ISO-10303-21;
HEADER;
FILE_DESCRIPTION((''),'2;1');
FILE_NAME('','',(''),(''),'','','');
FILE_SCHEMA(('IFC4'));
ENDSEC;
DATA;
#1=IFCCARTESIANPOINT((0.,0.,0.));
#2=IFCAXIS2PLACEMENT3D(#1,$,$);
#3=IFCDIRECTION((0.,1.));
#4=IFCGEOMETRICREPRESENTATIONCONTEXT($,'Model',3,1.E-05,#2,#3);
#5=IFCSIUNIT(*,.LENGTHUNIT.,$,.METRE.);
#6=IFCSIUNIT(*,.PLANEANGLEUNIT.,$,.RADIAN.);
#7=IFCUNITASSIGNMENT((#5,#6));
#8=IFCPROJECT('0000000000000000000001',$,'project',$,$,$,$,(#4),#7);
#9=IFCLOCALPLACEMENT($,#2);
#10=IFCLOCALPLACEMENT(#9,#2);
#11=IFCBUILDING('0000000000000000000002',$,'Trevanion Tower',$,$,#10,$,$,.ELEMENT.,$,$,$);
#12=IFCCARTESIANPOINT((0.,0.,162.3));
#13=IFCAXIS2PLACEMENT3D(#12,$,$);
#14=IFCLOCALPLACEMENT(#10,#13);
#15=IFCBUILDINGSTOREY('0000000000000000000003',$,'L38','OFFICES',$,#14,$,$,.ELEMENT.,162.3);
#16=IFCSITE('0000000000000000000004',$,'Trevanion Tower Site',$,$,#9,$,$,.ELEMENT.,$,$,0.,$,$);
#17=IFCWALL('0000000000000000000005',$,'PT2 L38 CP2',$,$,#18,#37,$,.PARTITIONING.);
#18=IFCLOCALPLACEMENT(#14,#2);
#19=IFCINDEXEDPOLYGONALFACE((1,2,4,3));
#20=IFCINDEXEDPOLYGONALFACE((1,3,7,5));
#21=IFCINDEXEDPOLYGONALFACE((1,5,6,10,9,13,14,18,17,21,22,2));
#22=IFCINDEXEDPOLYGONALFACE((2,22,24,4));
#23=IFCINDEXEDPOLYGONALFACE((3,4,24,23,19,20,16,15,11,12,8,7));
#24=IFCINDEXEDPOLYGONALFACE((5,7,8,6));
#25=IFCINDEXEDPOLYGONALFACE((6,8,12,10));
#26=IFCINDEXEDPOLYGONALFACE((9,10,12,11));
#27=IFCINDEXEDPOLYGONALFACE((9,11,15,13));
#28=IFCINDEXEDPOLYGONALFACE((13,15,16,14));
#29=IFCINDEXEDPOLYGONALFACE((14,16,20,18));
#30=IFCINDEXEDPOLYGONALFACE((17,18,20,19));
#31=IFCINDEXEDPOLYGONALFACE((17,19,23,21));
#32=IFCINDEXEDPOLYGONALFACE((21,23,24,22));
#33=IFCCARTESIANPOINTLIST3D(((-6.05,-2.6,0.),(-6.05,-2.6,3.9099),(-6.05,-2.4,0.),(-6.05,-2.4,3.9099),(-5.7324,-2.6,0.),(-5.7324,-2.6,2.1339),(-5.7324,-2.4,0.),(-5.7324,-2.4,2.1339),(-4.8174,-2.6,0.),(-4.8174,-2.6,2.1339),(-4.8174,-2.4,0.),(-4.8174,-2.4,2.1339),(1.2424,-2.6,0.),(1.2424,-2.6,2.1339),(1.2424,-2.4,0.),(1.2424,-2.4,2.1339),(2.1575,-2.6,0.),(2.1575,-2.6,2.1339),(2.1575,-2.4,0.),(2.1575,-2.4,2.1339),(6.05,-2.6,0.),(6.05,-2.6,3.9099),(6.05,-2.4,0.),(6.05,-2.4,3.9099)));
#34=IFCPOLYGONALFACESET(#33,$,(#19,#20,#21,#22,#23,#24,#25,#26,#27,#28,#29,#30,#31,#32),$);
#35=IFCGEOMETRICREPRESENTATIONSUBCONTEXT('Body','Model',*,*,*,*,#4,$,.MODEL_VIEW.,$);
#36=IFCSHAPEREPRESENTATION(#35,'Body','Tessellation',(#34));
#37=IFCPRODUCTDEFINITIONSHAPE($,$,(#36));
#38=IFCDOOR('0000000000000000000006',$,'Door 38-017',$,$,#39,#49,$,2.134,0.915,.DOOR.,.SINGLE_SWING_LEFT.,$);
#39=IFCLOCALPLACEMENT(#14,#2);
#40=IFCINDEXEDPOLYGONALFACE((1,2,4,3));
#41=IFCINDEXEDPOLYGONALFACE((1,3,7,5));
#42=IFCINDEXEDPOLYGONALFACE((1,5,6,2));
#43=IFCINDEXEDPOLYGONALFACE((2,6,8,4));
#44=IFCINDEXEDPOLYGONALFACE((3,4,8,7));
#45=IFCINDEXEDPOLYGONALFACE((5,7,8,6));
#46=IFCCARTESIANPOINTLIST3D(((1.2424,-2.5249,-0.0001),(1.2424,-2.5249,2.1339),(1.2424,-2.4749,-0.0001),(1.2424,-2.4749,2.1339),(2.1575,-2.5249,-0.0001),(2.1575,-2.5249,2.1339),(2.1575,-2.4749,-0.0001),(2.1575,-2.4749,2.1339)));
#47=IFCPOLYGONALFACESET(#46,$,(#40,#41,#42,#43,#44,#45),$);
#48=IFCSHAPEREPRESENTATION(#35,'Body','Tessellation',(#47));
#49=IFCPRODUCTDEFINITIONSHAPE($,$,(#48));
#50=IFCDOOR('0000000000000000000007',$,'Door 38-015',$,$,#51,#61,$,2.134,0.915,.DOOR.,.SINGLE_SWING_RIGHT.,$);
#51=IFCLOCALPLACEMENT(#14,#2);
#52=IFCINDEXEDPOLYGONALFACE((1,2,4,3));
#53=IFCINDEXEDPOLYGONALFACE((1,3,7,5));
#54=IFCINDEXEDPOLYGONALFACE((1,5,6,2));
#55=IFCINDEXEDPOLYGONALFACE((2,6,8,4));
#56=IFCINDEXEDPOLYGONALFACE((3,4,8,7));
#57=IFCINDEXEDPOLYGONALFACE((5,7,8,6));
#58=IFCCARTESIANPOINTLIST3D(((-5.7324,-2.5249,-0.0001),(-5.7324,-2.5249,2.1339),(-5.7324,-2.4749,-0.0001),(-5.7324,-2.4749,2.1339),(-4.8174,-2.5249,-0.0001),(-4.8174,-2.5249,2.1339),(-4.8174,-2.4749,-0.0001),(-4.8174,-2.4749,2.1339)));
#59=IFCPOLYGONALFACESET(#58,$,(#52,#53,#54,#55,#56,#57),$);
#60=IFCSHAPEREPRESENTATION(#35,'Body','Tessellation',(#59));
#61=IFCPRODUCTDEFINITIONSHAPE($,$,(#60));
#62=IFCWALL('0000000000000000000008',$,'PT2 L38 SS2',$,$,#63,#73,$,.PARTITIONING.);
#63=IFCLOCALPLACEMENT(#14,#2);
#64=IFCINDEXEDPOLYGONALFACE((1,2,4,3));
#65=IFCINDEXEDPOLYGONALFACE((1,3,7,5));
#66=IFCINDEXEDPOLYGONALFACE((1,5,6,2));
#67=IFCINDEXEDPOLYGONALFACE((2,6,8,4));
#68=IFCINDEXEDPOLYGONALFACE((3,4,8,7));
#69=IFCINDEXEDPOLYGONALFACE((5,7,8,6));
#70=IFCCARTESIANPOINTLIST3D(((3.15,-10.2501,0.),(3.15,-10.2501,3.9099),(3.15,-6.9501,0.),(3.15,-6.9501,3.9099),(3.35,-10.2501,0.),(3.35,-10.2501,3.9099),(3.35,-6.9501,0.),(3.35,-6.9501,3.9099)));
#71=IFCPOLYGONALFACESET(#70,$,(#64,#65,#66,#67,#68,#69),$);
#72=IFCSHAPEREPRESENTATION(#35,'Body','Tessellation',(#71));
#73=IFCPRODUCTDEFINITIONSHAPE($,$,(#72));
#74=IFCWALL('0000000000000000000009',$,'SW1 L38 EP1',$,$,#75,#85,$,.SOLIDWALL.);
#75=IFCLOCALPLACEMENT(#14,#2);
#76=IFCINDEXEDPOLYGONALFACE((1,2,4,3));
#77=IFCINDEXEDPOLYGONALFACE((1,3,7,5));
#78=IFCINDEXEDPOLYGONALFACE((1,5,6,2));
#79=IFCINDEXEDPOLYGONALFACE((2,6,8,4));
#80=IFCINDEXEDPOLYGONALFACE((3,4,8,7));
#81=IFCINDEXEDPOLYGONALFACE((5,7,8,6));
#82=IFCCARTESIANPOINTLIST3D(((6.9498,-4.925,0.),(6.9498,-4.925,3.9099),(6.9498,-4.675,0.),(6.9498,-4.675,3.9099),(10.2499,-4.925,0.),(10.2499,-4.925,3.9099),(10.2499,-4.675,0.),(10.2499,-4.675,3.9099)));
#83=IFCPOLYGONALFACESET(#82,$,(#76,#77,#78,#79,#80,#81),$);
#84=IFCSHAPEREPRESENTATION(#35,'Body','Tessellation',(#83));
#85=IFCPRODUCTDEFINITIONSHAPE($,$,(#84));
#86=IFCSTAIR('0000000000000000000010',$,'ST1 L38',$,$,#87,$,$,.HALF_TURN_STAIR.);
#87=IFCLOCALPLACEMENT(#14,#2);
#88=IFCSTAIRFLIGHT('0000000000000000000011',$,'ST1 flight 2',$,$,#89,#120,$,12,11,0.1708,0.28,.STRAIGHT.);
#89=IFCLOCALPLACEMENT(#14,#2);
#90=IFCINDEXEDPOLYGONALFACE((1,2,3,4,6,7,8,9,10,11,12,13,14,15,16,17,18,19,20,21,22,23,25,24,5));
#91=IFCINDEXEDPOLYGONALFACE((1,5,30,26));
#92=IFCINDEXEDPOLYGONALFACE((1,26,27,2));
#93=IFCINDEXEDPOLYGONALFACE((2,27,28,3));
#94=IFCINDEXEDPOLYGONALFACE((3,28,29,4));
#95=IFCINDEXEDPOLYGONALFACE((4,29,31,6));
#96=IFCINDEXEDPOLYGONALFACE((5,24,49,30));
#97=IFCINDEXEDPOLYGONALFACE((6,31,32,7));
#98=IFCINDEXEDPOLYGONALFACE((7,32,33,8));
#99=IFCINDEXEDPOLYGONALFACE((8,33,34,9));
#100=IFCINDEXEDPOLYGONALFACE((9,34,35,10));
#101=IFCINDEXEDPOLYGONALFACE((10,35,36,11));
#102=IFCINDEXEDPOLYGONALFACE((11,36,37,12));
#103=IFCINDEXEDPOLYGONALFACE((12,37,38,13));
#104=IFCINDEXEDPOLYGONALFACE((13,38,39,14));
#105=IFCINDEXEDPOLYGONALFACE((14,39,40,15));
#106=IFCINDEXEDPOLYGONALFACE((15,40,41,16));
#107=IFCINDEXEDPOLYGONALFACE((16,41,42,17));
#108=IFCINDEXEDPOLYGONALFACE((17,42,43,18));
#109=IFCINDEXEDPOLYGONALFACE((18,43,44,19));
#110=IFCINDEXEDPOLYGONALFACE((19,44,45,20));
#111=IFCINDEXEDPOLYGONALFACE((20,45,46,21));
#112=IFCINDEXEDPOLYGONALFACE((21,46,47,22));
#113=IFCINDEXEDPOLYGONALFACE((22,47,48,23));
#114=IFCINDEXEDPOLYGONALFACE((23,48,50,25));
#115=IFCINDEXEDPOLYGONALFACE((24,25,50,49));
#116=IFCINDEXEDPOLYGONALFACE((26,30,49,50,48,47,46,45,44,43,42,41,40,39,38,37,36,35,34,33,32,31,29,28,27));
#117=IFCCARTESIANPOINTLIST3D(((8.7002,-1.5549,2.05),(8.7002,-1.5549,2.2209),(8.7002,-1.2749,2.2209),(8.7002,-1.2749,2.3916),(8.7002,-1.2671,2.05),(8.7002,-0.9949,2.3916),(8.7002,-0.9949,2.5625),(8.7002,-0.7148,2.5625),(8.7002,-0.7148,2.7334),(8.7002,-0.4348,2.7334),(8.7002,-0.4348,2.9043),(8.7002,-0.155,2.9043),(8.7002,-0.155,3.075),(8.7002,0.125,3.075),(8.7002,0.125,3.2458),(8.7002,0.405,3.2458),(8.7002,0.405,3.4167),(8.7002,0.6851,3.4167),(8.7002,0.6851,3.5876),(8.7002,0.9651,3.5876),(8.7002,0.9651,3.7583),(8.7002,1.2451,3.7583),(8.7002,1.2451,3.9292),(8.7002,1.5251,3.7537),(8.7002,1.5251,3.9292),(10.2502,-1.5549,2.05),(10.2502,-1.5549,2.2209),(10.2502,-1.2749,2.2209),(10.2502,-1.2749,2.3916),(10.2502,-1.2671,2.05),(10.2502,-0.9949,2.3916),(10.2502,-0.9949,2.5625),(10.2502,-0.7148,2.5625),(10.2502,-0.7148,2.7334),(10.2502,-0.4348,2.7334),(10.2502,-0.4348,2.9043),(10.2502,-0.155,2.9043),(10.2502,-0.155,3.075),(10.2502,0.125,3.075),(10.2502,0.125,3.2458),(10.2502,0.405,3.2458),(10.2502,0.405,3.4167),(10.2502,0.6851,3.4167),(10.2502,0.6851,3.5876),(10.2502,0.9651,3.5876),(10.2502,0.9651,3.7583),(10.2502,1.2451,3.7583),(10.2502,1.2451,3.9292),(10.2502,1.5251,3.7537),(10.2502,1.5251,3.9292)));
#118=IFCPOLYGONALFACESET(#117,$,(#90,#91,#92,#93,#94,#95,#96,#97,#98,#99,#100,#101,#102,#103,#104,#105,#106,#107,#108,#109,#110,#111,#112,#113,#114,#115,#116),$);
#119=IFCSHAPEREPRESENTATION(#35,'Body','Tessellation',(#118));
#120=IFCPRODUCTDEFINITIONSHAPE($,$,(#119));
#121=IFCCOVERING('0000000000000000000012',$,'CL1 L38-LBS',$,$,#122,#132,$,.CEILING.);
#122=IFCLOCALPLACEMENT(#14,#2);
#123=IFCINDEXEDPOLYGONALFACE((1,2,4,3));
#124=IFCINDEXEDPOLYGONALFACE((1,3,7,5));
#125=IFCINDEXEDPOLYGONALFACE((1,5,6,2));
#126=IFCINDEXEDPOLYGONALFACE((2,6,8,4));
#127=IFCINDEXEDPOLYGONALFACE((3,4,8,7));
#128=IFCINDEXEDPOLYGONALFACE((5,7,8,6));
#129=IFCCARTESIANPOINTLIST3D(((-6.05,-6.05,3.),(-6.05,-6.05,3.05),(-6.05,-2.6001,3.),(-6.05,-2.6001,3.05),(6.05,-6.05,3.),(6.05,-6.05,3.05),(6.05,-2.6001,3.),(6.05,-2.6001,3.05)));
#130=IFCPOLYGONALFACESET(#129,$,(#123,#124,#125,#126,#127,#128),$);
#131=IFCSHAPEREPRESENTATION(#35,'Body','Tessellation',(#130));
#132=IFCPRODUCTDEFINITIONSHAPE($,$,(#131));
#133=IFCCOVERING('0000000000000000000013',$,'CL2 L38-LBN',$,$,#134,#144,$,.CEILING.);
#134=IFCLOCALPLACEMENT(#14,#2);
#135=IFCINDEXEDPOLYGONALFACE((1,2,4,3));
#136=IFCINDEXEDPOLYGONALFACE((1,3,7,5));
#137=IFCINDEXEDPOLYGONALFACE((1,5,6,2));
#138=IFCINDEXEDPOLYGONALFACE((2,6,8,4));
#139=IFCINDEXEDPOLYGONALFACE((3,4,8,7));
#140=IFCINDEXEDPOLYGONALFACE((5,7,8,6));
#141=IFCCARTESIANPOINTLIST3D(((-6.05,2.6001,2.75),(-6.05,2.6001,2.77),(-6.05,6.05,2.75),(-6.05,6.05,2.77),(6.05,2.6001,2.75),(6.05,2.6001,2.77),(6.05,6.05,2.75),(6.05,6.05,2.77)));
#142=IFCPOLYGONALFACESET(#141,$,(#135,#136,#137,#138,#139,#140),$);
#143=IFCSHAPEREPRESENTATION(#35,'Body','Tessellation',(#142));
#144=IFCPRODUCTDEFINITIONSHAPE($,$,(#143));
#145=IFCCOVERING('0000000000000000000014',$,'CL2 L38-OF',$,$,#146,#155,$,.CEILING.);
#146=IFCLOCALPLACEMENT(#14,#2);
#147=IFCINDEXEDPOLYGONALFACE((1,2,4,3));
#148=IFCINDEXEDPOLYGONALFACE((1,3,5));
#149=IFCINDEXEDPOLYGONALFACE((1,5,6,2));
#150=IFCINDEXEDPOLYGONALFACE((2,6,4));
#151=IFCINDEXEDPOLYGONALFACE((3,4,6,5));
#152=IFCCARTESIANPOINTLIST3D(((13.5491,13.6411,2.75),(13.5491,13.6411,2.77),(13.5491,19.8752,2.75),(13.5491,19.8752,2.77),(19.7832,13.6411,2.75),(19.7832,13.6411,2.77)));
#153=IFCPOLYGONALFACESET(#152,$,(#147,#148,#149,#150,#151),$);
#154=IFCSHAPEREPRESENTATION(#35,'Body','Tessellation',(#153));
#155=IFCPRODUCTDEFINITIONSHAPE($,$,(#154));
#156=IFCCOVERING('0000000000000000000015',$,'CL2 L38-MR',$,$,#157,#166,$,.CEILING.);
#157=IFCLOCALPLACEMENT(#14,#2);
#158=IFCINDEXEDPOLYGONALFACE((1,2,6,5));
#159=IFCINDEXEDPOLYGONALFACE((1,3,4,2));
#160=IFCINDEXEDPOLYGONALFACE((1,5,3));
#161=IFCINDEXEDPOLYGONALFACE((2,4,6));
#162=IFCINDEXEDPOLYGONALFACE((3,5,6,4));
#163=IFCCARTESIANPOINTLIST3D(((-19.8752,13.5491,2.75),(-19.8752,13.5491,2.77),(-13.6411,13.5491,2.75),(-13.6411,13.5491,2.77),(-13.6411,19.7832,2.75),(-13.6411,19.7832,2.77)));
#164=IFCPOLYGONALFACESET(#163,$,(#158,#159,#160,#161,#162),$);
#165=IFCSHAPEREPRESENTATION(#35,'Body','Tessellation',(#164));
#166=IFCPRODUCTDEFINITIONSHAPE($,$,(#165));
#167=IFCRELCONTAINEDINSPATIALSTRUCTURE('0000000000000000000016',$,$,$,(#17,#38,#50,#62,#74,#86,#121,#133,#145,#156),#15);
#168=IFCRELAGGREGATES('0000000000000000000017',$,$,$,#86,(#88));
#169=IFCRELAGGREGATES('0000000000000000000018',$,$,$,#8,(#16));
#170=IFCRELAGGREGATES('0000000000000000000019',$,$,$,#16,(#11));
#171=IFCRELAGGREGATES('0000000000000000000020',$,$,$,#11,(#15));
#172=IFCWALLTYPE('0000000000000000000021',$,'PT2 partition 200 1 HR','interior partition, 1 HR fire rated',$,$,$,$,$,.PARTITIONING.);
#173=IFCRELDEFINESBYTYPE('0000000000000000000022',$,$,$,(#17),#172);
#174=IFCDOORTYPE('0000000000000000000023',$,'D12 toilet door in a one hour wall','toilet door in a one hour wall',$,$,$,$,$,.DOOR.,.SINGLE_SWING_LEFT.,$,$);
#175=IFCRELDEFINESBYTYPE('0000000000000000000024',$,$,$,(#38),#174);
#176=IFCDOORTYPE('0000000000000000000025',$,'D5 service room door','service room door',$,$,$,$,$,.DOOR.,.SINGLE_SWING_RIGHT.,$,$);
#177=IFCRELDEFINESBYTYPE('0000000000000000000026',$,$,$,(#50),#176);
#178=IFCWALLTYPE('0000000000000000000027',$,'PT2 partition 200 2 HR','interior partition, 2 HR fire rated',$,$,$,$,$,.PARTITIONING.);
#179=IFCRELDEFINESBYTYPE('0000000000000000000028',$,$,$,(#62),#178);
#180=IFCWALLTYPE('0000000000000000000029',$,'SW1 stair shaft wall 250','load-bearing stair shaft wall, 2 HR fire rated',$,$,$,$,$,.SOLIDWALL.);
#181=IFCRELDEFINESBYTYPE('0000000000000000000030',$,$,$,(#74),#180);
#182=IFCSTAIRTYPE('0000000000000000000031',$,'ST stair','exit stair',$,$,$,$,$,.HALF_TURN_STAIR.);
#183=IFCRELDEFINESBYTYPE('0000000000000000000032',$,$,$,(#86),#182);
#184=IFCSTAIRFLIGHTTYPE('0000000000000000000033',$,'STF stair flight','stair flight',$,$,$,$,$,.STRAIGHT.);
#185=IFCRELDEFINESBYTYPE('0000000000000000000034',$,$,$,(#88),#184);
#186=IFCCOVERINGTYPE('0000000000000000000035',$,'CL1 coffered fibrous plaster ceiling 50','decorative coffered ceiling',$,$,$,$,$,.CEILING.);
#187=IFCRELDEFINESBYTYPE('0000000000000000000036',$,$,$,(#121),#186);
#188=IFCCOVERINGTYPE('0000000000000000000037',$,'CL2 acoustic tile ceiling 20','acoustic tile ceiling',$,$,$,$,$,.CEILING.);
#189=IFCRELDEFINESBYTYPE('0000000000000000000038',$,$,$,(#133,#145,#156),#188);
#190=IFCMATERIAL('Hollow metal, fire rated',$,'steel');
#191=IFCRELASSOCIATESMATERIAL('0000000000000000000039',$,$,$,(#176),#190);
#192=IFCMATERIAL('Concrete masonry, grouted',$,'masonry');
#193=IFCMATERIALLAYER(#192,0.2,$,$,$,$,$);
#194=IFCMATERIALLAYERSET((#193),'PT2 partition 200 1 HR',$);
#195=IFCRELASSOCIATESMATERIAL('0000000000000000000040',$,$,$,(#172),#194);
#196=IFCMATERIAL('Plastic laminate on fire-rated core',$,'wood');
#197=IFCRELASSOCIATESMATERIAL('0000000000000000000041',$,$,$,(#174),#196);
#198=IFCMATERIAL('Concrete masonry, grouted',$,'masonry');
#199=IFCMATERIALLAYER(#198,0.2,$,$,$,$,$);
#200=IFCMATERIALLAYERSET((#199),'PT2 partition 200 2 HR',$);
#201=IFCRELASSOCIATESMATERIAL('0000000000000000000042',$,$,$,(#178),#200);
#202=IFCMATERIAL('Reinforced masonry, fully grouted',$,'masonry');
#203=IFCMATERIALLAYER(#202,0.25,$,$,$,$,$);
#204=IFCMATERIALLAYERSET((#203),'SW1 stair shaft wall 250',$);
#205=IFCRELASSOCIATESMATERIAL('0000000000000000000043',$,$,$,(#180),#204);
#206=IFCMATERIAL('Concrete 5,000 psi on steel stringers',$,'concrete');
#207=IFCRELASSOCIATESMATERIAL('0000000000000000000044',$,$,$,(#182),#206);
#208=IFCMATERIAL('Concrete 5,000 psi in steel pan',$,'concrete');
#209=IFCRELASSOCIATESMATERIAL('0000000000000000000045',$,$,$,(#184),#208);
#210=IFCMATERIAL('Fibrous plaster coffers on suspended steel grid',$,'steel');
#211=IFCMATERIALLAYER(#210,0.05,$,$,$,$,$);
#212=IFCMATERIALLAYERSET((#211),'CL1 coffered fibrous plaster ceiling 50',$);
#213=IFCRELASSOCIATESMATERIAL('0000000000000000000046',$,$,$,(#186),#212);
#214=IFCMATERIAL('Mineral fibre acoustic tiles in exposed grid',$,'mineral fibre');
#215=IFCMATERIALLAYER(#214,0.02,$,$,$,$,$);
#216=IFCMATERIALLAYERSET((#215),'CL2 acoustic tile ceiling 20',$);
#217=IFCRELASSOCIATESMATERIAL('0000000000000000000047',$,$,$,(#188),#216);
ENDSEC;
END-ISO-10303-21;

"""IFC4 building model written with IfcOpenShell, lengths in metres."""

from ifc_helpers import new_model, si_unit, direction, frame, frame_2d, origin, place, context, subcontext, project, spatial, polyline, rectangle, outline, extrude, material, layer, layer_set, type_object, element, fill, aggregate, save


model = new_model("IFC4")

# Units and contexts
model_context = context("Model", 3, precision=1e-05, world=origin(), true_north=direction((0.0, 1.0)))
body_context = subcontext(model_context, "Body", "Model", "MODEL_VIEW")
ifc_project = project(units=[si_unit("LENGTHUNIT", "METRE"), si_unit("PLANEANGLEUNIT", "RADIAN")], contexts=[model_context])

# Site, building, storey
site_placement = place(None, origin())
site = spatial("IfcSite", under=ifc_project, at=site_placement, Name="Trevanion Tower Site", CompositionType="ELEMENT", RefElevation=0.0)
building_placement = place(site_placement, origin())
building = spatial("IfcBuilding", under=site, at=building_placement, Name="Trevanion Tower", CompositionType="ELEMENT")
storey_placement = place(building_placement, frame((0.0, 0.0, 162.3)))
storey = spatial("IfcBuildingStorey", under=building, at=storey_placement, Name="L38", Description="OFFICES", CompositionType="ELEMENT", Elevation=162.3)

# Shared definitions
ifc_material_1 = material(Name="Hollow metal, fire rated", Category="steel")
door_type_1 = type_object("IfcDoorType", Name="D5 service room door", Description="service room door", OperationType="SINGLE_SWING_RIGHT", PredefinedType="DOOR", material=ifc_material_1)

# Wall, openings, doors
ifc_material_2 = material(Name="Concrete masonry, grouted", Category="masonry")
ifc_layer_1 = layer(ifc_material_2, 0.2)
ifc_layer_set_1 = layer_set([ifc_layer_1], Name="PT2 partition 200 1 HR")
wall_type_1 = type_object("IfcWallType", Name="PT2 partition 200 1 HR", Description="interior partition, 1 HR fire rated", PredefinedType="PARTITIONING", material=ifc_layer_set_1)
wall_1_placement = place(storey_placement, frame((6.05, -2.5, 0.0), z_axis=(0.0, 0.0, 1.0), x_axis=(-1.0, 0.0, 0.0)))
wall_1 = element("IfcWall", 1, at=wall_1_placement, inside=storey, type_object=wall_type_1, Name="PT2 L38 CP2", PredefinedType="PARTITIONING", context=body_context, shape_type="SweptSolid", body=[
    extrude(rectangle(XDim=12.1001, YDim=0.2, at=frame_2d((6.05, 0.0))), origin(), (0.0, 0.0, 1.0), 3.9099),
])
opening_1_placement = place(wall_1_placement, frame((10.8674, 0.0, 0.0)))
opening_1 = element("IfcOpeningElement", 2, at=opening_1_placement, cuts=wall_1, PredefinedType="OPENING", context=body_context, shape_type="SweptSolid", body=[
    extrude(rectangle(XDim=0.915, YDim=2.134, at=frame_2d((0.4575, 1.0669))), frame((0.0, 0.1099, 0.0), z_axis=(0.0, -1.0, 0.0), x_axis=(1.0, 0.0, 0.0)), (0.0, 0.0, 1.0), 0.22),
])
opening_2_placement = place(wall_1_placement, frame((3.8926, 0.0, 0.0)))
opening_2 = element("IfcOpeningElement", 3, at=opening_2_placement, cuts=wall_1, PredefinedType="OPENING", context=body_context, shape_type="SweptSolid", body=[
    extrude(rectangle(XDim=0.915, YDim=2.134, at=frame_2d((0.4575, 1.0669))), frame((0.0, 0.1099, 0.0), z_axis=(0.0, -1.0, 0.0), x_axis=(1.0, 0.0, 0.0)), (0.0, 0.0, 1.0), 0.22),
])
ifc_material_3 = material(Name="Plastic laminate on fire-rated core", Category="wood")
door_type_2 = type_object("IfcDoorType", Name="D12 toilet door in a one hour wall", Description="toilet door in a one hour wall", OperationType="SINGLE_SWING_LEFT", PredefinedType="DOOR", material=ifc_material_3)
door_1_placement = place(opening_2_placement, origin())
door_1 = element("IfcDoor", 4, at=door_1_placement, inside=storey, type_object=door_type_2, Name="Door 38-017", OperationType="SINGLE_SWING_LEFT", OverallHeight=2.134, OverallWidth=0.915, PredefinedType="DOOR", context=body_context, shape_type="SweptSolid", body=[
    extrude(rectangle(XDim=0.915, YDim=2.134, at=frame_2d((0.4575, 1.0669))), frame((0.0, 0.0249, 0.0), z_axis=(0.0, -1.0, 0.0), x_axis=(1.0, 0.0, 0.0)), (0.0, 0.0, 1.0), 0.05),
])
fill(opening_2, door_1)
door_2_placement = place(opening_1_placement, origin())
door_2 = element("IfcDoor", 5, at=door_2_placement, inside=storey, type_object=door_type_1, Name="Door 38-015", OperationType="SINGLE_SWING_RIGHT", OverallHeight=2.134, OverallWidth=0.915, PredefinedType="DOOR", context=body_context, shape_type="SweptSolid", body=[
    extrude(rectangle(XDim=0.915, YDim=2.134, at=frame_2d((0.4575, 1.0669))), frame((0.0, 0.0249, 0.0), z_axis=(0.0, -1.0, 0.0), x_axis=(1.0, 0.0, 0.0)), (0.0, 0.0, 1.0), 0.05),
])
fill(opening_1, door_2)

# Walls
ifc_material_4 = material(Name="Concrete masonry, grouted", Category="masonry")
ifc_layer_2 = layer(ifc_material_4, 0.2)
ifc_layer_set_2 = layer_set([ifc_layer_2], Name="PT2 partition 200 2 HR")
wall_type_2 = type_object("IfcWallType", Name="PT2 partition 200 2 HR", Description="interior partition, 2 HR fire rated", PredefinedType="PARTITIONING", material=ifc_layer_set_2)
wall_2_placement = place(storey_placement, frame((3.25, -10.25, 0.0), z_axis=(0.0, 0.0, 1.0), x_axis=(0.0, 1.0, 0.0)))
element("IfcWall", 6, at=wall_2_placement, inside=storey, type_object=wall_type_2, Name="PT2 L38 SS2", PredefinedType="PARTITIONING", context=body_context, shape_type="SweptSolid", body=[
    extrude(rectangle(XDim=3.3, YDim=0.2, at=frame_2d((1.6499, 0.0))), origin(), (0.0, 0.0, 1.0), 3.9099),
])
ifc_material_5 = material(Name="Reinforced masonry, fully grouted", Category="masonry")
ifc_layer_3 = layer(ifc_material_5, 0.25)
ifc_layer_set_3 = layer_set([ifc_layer_3], Name="SW1 stair shaft wall 250")
wall_type_3 = type_object("IfcWallType", Name="SW1 stair shaft wall 250", Description="load-bearing stair shaft wall, 2 HR fire rated", PredefinedType="SOLIDWALL", material=ifc_layer_set_3)
wall_3_placement = place(storey_placement, frame((6.95, -4.8, 0.0), z_axis=(0.0, 0.0, 1.0), x_axis=(1.0, 0.0, 0.0)))
element("IfcWall", 7, at=wall_3_placement, inside=storey, type_object=wall_type_3, Name="SW1 L38 EP1", PredefinedType="SOLIDWALL", context=body_context, shape_type="SweptSolid", body=[
    extrude(rectangle(XDim=3.3, YDim=0.25, at=frame_2d((1.6499, 0.0))), origin(), (0.0, 0.0, 1.0), 3.9099),
])

# Stair, stair flight
ifc_material_6 = material(Name="Concrete 5,000 psi on steel stringers", Category="concrete")
stair_type = type_object("IfcStairType", Name="ST stair", Description="exit stair", PredefinedType="HALF_TURN_STAIR", material=ifc_material_6)
stair_placement = place(storey_placement, origin())
stair = element("IfcStair", 8, at=stair_placement, inside=storey, type_object=stair_type, Name="ST1 L38", PredefinedType="HALF_TURN_STAIR")
ifc_material_7 = material(Name="Concrete 5,000 psi in steel pan", Category="concrete")
stair_flight_type = type_object("IfcStairFlightType", Name="STF stair flight", Description="stair flight", PredefinedType="STRAIGHT", material=ifc_material_7)
stair_flight_placement = place(storey_placement, frame((9.4751, -1.5549, 2.05), z_axis=(0.0, 0.0, 1.0), x_axis=(0.0, 1.0, 0.0)))
stair_flight = element("IfcStairFlight", 9, at=stair_flight_placement, type_object=stair_flight_type, Name="ST1 flight 2", NumberOfRisers=12, NumberOfTreads=11, PredefinedType="STRAIGHT", RiserHeight=0.1708, TreadLength=0.28, context=body_context, shape_type="SweptSolid", body=[
    extrude(outline(polyline([(0.0, 0.0), (0.0, 0.1709), (0.28, 0.1709), (0.28, 0.3416), (0.5601, 0.3416), (0.5601, 0.5125), (0.8401, 0.5125), (0.8401, 0.6833), (1.1201, 0.6833), (1.1201, 0.8542), (1.3999, 0.8542), (1.3999, 1.0249), (1.6799, 1.0249), (1.6799, 1.1958), (1.96, 1.1958), (1.96, 1.3667), (2.24, 1.3667), (2.24, 1.5376), (2.52, 1.5376), (2.52, 1.7083), (2.8, 1.7083), (2.8, 1.8792), (3.0801, 1.8792), (3.0801, 2.05), (3.0801, 1.7036), (0.2878, 0.0), (0.0, 0.0)])), frame((0.0, 0.7749, 0.0), z_axis=(0.0, -1.0, 0.0), x_axis=(1.0, 0.0, 0.0)), (0.0, 0.0, 1.0), 1.55),
])
aggregate(stair, [stair_flight])

# Coverings
ifc_material_8 = material(Name="Fibrous plaster coffers on suspended steel grid", Category="steel")
ifc_layer_4 = layer(ifc_material_8, 0.05)
ifc_layer_set_4 = layer_set([ifc_layer_4], Name="CL1 coffered fibrous plaster ceiling 50")
covering_type_1 = type_object("IfcCoveringType", Name="CL1 coffered fibrous plaster ceiling 50", Description="decorative coffered ceiling", PredefinedType="CEILING", material=ifc_layer_set_4)
covering_1_placement = place(storey_placement, frame((0.0, 0.0, 3.0)))
element("IfcCovering", 10, at=covering_1_placement, inside=storey, type_object=covering_type_1, Name="CL1 L38-LBS", PredefinedType="CEILING", context=body_context, shape_type="SweptSolid", body=[
    extrude(outline(polyline([(6.05, -6.05), (6.05, -2.6001), (-6.05, -2.6001), (-6.05, -6.05), (6.05, -6.05)])), origin(), (0.0, 0.0, 1.0), 0.05),
])
ifc_material_9 = material(Name="Mineral fibre acoustic tiles in exposed grid", Category="mineral fibre")
ifc_layer_5 = layer(ifc_material_9, 0.02)
ifc_layer_set_5 = layer_set([ifc_layer_5], Name="CL2 acoustic tile ceiling 20")
covering_type_2 = type_object("IfcCoveringType", Name="CL2 acoustic tile ceiling 20", Description="acoustic tile ceiling", PredefinedType="CEILING", material=ifc_layer_set_5)
covering_2_placement = place(storey_placement, frame((0.0, 0.0, 2.75)))
element("IfcCovering", 11, at=covering_2_placement, inside=storey, type_object=covering_type_2, Name="CL2 L38-LBN", PredefinedType="CEILING", context=body_context, shape_type="SweptSolid", body=[
    extrude(outline(polyline([(6.05, 2.6001), (6.05, 6.05), (-6.05, 6.05), (-6.05, 2.6001), (6.05, 2.6001)])), origin(), (0.0, 0.0, 1.0), 0.02),
])
covering_3_placement = place(storey_placement, frame((0.0, 0.0, 2.75)))
element("IfcCovering", 12, at=covering_3_placement, inside=storey, type_object=covering_type_2, Name="CL2 L38-OF", PredefinedType="CEILING", context=body_context, shape_type="SweptSolid", body=[
    extrude(outline(polyline([(13.5491, 19.8752), (19.7832, 13.6411), (13.5491, 13.6411), (13.5491, 19.8752)])), origin(), (0.0, 0.0, 1.0), 0.02),
])
covering_4_placement = place(storey_placement, frame((0.0, 0.0, 2.75)))
element("IfcCovering", 13, at=covering_4_placement, inside=storey, type_object=covering_type_2, Name="CL2 L38-MR", PredefinedType="CEILING", context=body_context, shape_type="SweptSolid", body=[
    extrude(outline(polyline([(-19.8752, 13.5491), (-13.6411, 19.7832), (-13.6411, 13.5491), (-19.8752, 13.5491)])), origin(), (0.0, 0.0, 1.0), 0.02),
])

save(model, "model.ifc")
